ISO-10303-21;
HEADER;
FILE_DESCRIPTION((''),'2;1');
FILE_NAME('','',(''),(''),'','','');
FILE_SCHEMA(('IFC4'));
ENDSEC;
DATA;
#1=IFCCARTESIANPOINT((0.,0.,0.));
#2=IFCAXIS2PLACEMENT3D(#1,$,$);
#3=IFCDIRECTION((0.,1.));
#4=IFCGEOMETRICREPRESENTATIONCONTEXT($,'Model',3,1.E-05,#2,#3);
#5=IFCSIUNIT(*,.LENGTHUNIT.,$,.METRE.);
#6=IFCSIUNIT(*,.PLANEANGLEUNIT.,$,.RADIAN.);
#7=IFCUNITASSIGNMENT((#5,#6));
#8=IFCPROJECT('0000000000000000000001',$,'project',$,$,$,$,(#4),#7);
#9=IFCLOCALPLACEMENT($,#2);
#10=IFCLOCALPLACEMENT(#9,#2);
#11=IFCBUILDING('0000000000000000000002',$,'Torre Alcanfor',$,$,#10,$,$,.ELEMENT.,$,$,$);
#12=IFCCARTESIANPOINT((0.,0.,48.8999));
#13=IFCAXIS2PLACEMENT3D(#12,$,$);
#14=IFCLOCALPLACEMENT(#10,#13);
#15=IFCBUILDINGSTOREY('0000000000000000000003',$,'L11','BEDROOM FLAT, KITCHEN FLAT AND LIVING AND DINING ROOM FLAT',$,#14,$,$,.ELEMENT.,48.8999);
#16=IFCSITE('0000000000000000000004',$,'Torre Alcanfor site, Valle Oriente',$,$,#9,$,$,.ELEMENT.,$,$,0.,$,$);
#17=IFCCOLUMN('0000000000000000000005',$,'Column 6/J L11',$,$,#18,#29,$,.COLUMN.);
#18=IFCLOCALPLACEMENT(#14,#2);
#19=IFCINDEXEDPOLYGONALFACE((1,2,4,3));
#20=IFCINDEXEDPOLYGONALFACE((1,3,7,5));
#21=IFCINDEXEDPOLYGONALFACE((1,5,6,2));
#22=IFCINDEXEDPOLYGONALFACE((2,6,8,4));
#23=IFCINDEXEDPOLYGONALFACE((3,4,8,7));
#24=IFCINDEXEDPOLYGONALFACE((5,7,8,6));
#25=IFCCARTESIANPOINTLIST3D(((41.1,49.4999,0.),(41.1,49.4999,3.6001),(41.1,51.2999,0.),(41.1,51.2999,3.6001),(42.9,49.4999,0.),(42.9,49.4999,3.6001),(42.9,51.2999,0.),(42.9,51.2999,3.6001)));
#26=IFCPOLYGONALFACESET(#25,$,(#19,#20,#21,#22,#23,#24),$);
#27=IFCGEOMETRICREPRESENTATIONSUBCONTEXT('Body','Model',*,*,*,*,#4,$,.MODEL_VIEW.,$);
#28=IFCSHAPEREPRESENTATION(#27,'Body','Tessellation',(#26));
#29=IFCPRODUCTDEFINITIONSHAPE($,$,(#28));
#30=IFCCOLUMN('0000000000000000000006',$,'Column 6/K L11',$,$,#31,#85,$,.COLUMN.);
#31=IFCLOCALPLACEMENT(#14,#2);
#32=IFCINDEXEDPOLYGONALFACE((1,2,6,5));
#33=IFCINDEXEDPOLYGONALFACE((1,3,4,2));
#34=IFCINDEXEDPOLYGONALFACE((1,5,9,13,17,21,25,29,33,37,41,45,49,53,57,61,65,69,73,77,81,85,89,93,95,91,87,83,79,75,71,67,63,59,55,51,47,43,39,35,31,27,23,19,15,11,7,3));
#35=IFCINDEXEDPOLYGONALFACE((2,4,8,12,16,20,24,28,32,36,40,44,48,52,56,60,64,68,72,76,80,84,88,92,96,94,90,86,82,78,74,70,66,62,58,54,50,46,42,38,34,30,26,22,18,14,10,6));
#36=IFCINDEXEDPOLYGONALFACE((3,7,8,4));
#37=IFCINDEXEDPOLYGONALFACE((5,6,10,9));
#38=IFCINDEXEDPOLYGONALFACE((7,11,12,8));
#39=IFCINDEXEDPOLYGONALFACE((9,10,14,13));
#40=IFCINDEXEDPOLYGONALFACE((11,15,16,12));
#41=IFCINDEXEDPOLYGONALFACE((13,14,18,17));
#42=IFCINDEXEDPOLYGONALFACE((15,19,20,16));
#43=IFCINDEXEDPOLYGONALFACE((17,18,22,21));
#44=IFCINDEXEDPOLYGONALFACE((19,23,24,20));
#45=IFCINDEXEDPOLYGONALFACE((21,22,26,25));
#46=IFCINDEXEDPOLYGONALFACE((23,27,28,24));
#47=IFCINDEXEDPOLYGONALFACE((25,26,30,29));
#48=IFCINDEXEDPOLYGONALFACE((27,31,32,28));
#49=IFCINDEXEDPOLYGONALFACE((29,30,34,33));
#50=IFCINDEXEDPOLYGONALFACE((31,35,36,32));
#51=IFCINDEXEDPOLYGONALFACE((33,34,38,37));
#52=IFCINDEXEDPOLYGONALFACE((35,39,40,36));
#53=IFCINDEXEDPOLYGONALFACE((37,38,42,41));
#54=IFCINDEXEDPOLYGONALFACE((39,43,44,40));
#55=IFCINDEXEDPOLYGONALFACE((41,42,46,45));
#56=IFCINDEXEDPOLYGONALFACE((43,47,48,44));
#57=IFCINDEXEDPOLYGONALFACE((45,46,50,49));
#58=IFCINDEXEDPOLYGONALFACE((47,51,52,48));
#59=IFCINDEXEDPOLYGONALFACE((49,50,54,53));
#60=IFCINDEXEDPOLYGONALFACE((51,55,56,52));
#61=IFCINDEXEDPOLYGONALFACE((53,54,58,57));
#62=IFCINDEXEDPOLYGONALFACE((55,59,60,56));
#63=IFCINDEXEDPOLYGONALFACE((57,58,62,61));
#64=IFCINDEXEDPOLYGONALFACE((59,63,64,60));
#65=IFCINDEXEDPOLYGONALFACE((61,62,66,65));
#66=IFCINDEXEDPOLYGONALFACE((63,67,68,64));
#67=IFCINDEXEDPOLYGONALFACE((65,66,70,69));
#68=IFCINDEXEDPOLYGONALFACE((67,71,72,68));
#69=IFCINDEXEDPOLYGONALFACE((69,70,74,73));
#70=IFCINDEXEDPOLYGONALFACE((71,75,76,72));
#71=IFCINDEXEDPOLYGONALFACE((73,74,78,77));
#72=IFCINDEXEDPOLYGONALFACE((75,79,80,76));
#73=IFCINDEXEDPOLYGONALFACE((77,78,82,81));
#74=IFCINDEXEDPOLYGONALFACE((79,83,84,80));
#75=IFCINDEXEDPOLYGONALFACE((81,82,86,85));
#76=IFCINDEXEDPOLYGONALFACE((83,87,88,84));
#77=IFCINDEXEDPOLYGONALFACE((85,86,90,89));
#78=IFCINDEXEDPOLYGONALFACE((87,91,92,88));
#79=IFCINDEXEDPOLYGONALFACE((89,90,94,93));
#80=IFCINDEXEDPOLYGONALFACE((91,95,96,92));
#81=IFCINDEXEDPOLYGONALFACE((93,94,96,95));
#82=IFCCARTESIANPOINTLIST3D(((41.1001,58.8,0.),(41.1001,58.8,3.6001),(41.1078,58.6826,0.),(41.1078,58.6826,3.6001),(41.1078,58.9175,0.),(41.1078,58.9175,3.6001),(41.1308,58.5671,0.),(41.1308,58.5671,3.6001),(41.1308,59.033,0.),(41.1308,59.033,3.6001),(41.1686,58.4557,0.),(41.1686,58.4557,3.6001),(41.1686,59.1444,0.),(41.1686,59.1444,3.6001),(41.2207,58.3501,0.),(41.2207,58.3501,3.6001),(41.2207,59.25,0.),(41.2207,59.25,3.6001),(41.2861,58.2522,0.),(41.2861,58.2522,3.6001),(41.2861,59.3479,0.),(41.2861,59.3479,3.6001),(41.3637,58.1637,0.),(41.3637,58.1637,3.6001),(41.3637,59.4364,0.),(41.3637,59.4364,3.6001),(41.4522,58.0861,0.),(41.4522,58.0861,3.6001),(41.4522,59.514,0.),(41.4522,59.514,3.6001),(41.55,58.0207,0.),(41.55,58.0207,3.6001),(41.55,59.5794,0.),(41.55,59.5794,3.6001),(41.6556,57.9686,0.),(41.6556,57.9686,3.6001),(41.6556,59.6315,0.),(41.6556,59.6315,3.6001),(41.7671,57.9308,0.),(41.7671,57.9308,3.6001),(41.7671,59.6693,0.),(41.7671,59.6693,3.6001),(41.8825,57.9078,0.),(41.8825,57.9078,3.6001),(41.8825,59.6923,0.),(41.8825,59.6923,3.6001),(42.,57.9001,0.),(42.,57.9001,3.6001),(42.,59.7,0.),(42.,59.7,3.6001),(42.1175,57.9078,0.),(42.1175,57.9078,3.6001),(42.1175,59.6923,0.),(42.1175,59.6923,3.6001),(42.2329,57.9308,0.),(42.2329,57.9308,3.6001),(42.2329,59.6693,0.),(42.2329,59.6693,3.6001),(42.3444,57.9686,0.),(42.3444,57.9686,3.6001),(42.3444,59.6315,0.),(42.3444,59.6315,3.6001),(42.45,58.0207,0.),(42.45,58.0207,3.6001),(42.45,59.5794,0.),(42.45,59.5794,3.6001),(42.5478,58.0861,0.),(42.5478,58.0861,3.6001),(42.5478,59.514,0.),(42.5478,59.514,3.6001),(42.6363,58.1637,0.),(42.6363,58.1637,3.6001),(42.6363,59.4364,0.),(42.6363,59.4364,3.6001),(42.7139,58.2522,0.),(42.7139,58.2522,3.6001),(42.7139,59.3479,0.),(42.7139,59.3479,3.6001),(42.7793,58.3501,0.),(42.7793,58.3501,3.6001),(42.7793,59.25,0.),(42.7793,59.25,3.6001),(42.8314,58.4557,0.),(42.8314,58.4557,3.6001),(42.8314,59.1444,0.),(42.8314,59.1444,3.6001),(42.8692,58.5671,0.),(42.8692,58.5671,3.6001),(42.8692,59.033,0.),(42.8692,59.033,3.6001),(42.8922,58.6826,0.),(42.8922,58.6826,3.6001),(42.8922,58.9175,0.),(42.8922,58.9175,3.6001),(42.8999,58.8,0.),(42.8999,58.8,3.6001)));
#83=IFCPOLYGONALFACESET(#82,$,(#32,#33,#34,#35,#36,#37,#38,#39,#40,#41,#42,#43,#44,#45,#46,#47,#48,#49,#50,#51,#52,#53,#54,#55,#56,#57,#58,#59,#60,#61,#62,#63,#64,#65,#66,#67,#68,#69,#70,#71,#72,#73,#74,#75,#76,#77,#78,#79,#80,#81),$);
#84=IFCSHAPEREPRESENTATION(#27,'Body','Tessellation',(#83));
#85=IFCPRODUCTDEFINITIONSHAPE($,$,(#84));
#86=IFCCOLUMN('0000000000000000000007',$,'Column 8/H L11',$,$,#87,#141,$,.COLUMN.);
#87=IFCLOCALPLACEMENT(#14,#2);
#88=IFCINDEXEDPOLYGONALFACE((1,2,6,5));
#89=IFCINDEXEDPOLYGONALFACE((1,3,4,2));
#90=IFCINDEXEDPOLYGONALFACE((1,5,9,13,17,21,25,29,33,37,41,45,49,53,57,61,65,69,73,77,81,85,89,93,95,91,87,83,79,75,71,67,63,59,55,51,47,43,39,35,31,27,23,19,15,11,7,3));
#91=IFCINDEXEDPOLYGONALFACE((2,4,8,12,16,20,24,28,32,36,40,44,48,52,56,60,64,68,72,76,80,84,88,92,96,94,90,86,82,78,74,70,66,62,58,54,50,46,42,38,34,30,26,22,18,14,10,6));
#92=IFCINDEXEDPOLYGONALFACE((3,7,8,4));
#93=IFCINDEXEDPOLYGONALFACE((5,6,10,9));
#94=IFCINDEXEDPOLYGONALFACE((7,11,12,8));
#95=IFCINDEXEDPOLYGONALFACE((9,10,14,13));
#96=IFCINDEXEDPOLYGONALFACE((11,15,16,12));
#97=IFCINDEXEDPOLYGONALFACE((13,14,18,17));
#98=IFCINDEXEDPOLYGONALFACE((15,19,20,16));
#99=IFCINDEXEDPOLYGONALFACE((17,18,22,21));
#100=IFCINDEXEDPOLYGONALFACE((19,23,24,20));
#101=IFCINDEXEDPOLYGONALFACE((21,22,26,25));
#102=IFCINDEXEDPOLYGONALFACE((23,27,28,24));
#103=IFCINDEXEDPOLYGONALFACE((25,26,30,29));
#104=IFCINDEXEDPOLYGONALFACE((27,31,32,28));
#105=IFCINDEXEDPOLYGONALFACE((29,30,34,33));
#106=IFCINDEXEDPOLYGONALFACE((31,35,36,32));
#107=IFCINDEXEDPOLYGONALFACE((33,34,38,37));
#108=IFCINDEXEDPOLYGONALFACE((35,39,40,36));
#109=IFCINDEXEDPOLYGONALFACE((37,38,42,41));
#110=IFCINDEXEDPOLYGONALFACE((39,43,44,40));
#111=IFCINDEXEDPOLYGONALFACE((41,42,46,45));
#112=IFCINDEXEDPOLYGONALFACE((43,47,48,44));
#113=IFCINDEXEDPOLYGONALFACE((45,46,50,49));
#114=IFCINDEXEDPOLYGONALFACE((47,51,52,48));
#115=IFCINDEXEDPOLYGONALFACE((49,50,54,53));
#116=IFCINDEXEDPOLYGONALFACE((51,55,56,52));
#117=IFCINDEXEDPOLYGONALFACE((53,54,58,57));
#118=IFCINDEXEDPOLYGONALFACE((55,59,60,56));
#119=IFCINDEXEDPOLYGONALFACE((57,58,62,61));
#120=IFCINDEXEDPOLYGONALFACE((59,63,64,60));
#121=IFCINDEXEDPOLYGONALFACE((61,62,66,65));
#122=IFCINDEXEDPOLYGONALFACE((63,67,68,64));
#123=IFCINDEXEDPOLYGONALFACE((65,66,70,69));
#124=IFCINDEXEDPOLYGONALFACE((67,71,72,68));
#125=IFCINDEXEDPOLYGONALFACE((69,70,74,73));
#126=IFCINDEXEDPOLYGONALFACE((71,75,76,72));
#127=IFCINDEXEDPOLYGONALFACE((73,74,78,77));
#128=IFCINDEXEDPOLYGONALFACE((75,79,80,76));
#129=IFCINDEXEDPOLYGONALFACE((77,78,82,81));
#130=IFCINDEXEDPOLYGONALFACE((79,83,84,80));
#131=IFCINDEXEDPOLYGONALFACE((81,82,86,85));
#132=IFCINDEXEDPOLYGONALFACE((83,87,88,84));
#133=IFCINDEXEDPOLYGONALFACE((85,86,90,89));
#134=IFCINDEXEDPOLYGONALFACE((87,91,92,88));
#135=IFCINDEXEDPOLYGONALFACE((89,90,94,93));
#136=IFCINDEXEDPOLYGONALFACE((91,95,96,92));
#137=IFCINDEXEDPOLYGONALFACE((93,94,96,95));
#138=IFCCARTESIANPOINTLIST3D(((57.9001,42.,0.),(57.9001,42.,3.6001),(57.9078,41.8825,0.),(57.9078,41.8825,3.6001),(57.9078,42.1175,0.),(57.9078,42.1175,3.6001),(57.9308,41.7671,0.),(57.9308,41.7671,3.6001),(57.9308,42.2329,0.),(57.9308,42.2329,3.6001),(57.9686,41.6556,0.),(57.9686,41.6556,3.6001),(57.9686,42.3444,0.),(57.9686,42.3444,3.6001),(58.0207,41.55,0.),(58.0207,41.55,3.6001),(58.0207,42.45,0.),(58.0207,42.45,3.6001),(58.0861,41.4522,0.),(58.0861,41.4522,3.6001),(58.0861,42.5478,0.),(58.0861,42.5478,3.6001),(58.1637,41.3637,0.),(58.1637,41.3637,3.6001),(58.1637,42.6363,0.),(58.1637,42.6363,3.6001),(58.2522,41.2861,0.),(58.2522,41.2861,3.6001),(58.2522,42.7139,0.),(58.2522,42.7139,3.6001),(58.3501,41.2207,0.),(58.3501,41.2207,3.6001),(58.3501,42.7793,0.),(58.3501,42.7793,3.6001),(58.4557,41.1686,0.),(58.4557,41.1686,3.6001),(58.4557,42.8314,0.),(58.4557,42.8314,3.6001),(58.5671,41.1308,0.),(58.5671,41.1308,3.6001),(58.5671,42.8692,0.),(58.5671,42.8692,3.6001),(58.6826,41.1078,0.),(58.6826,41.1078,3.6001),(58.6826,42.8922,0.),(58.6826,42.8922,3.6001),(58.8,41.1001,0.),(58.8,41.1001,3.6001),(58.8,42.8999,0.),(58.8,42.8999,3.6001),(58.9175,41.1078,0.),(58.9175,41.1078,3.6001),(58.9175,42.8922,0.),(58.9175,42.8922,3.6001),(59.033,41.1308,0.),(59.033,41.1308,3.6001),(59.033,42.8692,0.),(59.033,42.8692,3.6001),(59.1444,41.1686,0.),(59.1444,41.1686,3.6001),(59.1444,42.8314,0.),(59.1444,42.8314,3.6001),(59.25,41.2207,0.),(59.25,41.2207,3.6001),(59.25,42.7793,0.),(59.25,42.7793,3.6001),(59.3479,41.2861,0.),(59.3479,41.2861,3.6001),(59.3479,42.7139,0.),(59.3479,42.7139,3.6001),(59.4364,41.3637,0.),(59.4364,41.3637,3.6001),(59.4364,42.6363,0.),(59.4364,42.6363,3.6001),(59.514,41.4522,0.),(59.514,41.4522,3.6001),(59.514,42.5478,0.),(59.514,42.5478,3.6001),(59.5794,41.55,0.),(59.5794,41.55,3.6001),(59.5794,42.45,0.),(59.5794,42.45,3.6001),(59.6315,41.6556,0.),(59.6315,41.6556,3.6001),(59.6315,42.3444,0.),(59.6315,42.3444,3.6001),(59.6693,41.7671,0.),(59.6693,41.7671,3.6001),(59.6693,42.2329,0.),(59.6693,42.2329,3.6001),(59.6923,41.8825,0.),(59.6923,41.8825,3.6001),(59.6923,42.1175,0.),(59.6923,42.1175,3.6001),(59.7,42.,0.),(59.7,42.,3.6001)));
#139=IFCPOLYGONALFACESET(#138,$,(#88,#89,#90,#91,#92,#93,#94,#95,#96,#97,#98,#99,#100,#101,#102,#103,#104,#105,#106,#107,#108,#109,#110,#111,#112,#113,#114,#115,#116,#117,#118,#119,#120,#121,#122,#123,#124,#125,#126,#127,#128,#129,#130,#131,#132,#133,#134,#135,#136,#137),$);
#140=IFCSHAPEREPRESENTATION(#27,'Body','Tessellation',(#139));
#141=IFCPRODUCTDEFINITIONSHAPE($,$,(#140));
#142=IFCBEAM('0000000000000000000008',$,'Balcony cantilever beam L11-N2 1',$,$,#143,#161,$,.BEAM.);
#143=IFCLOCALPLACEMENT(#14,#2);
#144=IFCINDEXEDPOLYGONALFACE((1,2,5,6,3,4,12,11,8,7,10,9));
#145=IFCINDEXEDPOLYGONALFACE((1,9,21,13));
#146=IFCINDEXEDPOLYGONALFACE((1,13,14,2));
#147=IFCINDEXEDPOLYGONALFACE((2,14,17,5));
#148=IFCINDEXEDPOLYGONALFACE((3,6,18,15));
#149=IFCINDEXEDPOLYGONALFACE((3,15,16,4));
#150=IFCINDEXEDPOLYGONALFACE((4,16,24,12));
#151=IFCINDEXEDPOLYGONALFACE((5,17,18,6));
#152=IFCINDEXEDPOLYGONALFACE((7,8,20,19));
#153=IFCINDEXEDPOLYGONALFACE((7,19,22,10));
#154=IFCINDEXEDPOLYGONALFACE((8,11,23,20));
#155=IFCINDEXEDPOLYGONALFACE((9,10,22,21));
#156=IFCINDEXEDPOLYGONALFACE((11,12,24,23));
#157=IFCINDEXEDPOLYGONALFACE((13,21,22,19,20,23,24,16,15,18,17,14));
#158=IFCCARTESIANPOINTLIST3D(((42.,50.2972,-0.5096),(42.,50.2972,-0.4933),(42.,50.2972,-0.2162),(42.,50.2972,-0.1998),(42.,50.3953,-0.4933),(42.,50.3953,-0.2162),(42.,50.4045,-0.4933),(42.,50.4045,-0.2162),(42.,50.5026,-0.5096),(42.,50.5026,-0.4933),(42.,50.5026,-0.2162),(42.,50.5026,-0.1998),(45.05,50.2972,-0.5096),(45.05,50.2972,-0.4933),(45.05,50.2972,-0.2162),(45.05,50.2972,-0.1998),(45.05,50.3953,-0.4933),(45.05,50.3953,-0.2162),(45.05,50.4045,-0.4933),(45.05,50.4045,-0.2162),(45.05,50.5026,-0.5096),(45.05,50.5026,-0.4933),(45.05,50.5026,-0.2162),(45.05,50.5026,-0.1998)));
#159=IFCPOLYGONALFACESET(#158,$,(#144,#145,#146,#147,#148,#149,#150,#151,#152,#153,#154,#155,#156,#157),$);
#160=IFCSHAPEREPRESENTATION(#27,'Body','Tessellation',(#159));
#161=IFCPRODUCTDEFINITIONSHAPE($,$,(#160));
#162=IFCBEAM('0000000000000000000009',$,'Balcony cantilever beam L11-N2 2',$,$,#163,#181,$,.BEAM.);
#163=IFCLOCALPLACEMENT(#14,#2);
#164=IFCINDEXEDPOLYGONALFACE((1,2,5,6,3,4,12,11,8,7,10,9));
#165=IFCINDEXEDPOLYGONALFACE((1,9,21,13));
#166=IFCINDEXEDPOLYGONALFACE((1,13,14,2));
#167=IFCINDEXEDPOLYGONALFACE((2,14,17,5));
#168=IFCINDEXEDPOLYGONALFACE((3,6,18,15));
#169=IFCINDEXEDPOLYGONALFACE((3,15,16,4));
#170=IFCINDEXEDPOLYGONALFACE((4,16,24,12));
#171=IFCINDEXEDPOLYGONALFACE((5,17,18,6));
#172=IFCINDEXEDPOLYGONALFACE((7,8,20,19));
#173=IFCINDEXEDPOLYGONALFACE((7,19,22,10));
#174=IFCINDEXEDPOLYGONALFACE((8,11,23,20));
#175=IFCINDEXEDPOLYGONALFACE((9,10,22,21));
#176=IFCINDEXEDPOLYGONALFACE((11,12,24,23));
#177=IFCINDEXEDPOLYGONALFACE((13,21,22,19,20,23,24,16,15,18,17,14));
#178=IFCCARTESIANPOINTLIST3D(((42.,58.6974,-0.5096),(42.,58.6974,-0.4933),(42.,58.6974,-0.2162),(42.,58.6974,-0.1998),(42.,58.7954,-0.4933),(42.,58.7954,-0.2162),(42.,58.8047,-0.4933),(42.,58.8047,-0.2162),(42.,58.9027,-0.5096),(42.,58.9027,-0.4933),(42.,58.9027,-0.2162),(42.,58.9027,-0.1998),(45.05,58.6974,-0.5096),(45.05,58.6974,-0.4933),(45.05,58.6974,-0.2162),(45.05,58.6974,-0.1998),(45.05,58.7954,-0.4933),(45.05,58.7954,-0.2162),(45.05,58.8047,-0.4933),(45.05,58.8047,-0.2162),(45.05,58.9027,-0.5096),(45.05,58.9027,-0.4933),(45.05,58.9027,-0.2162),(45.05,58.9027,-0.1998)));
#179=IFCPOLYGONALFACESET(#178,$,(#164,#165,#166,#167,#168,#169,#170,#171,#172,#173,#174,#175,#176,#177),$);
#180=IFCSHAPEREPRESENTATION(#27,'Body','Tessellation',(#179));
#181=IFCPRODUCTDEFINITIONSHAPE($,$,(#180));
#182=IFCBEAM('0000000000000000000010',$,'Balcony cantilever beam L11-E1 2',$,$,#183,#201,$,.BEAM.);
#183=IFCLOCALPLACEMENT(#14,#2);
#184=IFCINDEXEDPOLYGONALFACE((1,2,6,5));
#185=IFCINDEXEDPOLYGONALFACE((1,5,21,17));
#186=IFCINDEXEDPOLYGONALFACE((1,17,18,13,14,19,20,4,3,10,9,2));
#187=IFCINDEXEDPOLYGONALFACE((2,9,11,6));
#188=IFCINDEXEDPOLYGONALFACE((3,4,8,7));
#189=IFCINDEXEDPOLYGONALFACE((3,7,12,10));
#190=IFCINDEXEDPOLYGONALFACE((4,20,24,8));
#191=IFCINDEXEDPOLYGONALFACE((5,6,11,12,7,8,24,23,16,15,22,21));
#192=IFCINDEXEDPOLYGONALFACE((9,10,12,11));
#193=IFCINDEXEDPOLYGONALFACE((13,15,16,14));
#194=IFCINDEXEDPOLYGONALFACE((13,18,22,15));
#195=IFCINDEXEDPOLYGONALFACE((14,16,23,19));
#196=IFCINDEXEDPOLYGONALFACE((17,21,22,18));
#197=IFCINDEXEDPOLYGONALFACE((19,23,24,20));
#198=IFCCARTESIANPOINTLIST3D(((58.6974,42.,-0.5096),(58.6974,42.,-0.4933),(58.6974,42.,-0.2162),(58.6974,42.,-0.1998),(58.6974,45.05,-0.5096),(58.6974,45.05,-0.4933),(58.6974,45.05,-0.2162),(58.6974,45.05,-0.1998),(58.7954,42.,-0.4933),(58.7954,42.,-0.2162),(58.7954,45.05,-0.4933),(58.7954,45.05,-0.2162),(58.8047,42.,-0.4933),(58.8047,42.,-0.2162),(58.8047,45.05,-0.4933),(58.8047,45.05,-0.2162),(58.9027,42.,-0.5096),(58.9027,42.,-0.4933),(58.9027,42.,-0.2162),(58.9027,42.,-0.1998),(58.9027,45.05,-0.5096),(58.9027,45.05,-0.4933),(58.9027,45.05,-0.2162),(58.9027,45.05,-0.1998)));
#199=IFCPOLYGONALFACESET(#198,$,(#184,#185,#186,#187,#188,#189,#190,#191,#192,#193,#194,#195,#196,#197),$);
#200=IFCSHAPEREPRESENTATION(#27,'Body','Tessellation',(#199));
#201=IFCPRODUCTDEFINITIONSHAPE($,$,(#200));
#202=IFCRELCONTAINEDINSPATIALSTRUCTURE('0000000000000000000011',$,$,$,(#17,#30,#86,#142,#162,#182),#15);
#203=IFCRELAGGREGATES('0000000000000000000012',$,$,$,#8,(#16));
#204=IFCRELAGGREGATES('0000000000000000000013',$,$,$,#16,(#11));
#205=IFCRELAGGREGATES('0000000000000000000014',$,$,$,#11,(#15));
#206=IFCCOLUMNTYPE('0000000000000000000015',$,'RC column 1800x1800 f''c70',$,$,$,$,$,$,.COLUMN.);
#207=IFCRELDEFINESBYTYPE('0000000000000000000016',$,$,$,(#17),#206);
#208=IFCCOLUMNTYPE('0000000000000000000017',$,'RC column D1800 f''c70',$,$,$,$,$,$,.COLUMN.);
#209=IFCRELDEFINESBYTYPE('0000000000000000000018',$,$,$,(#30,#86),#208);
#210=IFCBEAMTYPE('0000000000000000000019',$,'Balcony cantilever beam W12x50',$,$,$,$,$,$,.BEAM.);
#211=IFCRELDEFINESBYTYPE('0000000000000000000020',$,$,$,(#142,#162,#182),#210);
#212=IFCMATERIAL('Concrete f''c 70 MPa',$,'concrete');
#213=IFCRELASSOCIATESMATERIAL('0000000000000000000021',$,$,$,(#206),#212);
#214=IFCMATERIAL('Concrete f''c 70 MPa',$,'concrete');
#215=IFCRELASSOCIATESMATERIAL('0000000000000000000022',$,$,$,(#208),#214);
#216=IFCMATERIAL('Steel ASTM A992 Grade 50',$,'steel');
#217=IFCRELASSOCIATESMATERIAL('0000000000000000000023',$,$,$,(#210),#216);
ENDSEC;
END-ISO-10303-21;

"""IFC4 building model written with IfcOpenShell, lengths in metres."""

from ifc_helpers import new_model, si_unit, direction, frame, origin, origin_2d, place, context, subcontext, project, spatial, rectangle, circle, i_section, extrude, material, material_profile, profile_set, type_object, element, save


model = new_model("IFC4")

# Units and contexts
model_context = context("Model", 3, precision=1e-05, world=origin(), true_north=direction((0.0, 1.0)))
body_context = subcontext(model_context, "Body", "Model", "MODEL_VIEW")
ifc_project = project(units=[si_unit("LENGTHUNIT", "METRE"), si_unit("PLANEANGLEUNIT", "RADIAN")], contexts=[model_context])

# Site, building, storey
site_placement = place(None, origin())
site = spatial("IfcSite", under=ifc_project, at=site_placement, Name="Torre Alcanfor site, Valle Oriente", CompositionType="ELEMENT", RefElevation=0.0)
building_placement = place(site_placement, origin())
building = spatial("IfcBuilding", under=site, at=building_placement, Name="Torre Alcanfor", CompositionType="ELEMENT")
storey_placement = place(building_placement, frame((0.0, 0.0, 48.8999)))
storey = spatial("IfcBuildingStorey", under=building, at=storey_placement, Name="L11", Description="BEDROOM FLAT, KITCHEN FLAT AND LIVING AND DINING ROOM FLAT", CompositionType="ELEMENT", Elevation=48.8999)

# Columns
ifc_material_1 = material(Name="Concrete f'c 70 MPa", Category="concrete")
ifc_material_profile_1 = material_profile(ifc_material_1, rectangle(XDim=1.8, YDim=1.8, at=origin_2d()), Name="1800x1800")
ifc_profile_set_1 = profile_set([ifc_material_profile_1], Name="Concrete f'c 70 MPa")
column_type_1 = type_object("IfcColumnType", Name="RC column 1800x1800 f'c70", PredefinedType="COLUMN", material=ifc_profile_set_1)
column_placement = place(storey_placement, frame((42.0, 50.3999, 0.0), z_axis=(0.0, 0.0, 1.0), x_axis=(1.0, 0.0, 0.0)))
element("IfcColumn", 1, at=column_placement, inside=storey, type_object=column_type_1, Name="Column 6/J L11", PredefinedType="COLUMN", context=body_context, shape_type="SweptSolid", body=[
    extrude(rectangle(XDim=1.8, YDim=1.8, at=origin_2d()), origin(), (0.0, 0.0, 1.0), 3.6001),
])
ifc_material_2 = material(Name="Concrete f'c 70 MPa", Category="concrete")
ifc_material_profile_2 = material_profile(ifc_material_2, circle(Radius=0.8999, at=origin_2d()), Name="D1800")
ifc_profile_set_2 = profile_set([ifc_material_profile_2], Name="Concrete f'c 70 MPa")
column_type_2 = type_object("IfcColumnType", Name="RC column D1800 f'c70", PredefinedType="COLUMN", material=ifc_profile_set_2)
for number, where, z_axis, x_axis, name in (
    (2, (42.0, 58.8, 0.0), (0.0, 0.0, 1.0), (1.0, 0.0, 0.0), "Column 6/K L11"),
    (3, (58.8, 42.0, 0.0), (0.0, 0.0, 1.0), (1.0, 0.0, 0.0), "Column 8/H L11"),
):
    element("IfcColumn", number, at=place(storey_placement, frame(where, z_axis=z_axis, x_axis=x_axis)), inside=storey, type_object=column_type_2, Name=name, PredefinedType="COLUMN", context=body_context, shape_type="SweptSolid", body=[
        extrude(circle(Radius=0.8999, at=origin_2d()), origin(), (0.0, 0.0, 1.0), 3.6001),
    ])

# Beams
ifc_material_3 = material(Name="Steel ASTM A992 Grade 50", Category="steel")
ifc_material_profile_3 = material_profile(ifc_material_3, i_section(OverallWidth=0.2053, OverallDepth=0.3098, WebThickness=0.0093, FlangeThickness=0.0164, at=origin_2d()), Name="W12x50")
ifc_profile_set_3 = profile_set([ifc_material_profile_3], Name="Steel ASTM A992 Grade 50")
beam_type_1 = type_object("IfcBeamType", Name="Balcony cantilever beam W12x50", PredefinedType="BEAM", material=ifc_profile_set_3)
for number, where, z_axis, x_axis, name in (
    (4, (42.0, 50.3999, -0.3547), (1.0, 0.0, 0.0), (0.0, 1.0, 0.0), "Balcony cantilever beam L11-N2 1"),
    (5, (42.0, 58.8, -0.3547), (1.0, 0.0, 0.0), (0.0, 1.0, 0.0), "Balcony cantilever beam L11-N2 2"),
    (6, (58.8, 42.0, -0.3547), (0.0, 1.0, 0.0), (-1.0, 0.0, 0.0), "Balcony cantilever beam L11-E1 2"),
):
    element("IfcBeam", number, at=place(storey_placement, frame(where, z_axis=z_axis, x_axis=x_axis)), inside=storey, type_object=beam_type_1, Name=name, PredefinedType="BEAM", context=body_context, shape_type="SweptSolid", body=[
        extrude(i_section(OverallWidth=0.2053, OverallDepth=0.3098, WebThickness=0.0093, FlangeThickness=0.0164, at=origin_2d()), origin(), (0.0, 0.0, 1.0), 3.05),
    ])

save(model, "model.ifc")
